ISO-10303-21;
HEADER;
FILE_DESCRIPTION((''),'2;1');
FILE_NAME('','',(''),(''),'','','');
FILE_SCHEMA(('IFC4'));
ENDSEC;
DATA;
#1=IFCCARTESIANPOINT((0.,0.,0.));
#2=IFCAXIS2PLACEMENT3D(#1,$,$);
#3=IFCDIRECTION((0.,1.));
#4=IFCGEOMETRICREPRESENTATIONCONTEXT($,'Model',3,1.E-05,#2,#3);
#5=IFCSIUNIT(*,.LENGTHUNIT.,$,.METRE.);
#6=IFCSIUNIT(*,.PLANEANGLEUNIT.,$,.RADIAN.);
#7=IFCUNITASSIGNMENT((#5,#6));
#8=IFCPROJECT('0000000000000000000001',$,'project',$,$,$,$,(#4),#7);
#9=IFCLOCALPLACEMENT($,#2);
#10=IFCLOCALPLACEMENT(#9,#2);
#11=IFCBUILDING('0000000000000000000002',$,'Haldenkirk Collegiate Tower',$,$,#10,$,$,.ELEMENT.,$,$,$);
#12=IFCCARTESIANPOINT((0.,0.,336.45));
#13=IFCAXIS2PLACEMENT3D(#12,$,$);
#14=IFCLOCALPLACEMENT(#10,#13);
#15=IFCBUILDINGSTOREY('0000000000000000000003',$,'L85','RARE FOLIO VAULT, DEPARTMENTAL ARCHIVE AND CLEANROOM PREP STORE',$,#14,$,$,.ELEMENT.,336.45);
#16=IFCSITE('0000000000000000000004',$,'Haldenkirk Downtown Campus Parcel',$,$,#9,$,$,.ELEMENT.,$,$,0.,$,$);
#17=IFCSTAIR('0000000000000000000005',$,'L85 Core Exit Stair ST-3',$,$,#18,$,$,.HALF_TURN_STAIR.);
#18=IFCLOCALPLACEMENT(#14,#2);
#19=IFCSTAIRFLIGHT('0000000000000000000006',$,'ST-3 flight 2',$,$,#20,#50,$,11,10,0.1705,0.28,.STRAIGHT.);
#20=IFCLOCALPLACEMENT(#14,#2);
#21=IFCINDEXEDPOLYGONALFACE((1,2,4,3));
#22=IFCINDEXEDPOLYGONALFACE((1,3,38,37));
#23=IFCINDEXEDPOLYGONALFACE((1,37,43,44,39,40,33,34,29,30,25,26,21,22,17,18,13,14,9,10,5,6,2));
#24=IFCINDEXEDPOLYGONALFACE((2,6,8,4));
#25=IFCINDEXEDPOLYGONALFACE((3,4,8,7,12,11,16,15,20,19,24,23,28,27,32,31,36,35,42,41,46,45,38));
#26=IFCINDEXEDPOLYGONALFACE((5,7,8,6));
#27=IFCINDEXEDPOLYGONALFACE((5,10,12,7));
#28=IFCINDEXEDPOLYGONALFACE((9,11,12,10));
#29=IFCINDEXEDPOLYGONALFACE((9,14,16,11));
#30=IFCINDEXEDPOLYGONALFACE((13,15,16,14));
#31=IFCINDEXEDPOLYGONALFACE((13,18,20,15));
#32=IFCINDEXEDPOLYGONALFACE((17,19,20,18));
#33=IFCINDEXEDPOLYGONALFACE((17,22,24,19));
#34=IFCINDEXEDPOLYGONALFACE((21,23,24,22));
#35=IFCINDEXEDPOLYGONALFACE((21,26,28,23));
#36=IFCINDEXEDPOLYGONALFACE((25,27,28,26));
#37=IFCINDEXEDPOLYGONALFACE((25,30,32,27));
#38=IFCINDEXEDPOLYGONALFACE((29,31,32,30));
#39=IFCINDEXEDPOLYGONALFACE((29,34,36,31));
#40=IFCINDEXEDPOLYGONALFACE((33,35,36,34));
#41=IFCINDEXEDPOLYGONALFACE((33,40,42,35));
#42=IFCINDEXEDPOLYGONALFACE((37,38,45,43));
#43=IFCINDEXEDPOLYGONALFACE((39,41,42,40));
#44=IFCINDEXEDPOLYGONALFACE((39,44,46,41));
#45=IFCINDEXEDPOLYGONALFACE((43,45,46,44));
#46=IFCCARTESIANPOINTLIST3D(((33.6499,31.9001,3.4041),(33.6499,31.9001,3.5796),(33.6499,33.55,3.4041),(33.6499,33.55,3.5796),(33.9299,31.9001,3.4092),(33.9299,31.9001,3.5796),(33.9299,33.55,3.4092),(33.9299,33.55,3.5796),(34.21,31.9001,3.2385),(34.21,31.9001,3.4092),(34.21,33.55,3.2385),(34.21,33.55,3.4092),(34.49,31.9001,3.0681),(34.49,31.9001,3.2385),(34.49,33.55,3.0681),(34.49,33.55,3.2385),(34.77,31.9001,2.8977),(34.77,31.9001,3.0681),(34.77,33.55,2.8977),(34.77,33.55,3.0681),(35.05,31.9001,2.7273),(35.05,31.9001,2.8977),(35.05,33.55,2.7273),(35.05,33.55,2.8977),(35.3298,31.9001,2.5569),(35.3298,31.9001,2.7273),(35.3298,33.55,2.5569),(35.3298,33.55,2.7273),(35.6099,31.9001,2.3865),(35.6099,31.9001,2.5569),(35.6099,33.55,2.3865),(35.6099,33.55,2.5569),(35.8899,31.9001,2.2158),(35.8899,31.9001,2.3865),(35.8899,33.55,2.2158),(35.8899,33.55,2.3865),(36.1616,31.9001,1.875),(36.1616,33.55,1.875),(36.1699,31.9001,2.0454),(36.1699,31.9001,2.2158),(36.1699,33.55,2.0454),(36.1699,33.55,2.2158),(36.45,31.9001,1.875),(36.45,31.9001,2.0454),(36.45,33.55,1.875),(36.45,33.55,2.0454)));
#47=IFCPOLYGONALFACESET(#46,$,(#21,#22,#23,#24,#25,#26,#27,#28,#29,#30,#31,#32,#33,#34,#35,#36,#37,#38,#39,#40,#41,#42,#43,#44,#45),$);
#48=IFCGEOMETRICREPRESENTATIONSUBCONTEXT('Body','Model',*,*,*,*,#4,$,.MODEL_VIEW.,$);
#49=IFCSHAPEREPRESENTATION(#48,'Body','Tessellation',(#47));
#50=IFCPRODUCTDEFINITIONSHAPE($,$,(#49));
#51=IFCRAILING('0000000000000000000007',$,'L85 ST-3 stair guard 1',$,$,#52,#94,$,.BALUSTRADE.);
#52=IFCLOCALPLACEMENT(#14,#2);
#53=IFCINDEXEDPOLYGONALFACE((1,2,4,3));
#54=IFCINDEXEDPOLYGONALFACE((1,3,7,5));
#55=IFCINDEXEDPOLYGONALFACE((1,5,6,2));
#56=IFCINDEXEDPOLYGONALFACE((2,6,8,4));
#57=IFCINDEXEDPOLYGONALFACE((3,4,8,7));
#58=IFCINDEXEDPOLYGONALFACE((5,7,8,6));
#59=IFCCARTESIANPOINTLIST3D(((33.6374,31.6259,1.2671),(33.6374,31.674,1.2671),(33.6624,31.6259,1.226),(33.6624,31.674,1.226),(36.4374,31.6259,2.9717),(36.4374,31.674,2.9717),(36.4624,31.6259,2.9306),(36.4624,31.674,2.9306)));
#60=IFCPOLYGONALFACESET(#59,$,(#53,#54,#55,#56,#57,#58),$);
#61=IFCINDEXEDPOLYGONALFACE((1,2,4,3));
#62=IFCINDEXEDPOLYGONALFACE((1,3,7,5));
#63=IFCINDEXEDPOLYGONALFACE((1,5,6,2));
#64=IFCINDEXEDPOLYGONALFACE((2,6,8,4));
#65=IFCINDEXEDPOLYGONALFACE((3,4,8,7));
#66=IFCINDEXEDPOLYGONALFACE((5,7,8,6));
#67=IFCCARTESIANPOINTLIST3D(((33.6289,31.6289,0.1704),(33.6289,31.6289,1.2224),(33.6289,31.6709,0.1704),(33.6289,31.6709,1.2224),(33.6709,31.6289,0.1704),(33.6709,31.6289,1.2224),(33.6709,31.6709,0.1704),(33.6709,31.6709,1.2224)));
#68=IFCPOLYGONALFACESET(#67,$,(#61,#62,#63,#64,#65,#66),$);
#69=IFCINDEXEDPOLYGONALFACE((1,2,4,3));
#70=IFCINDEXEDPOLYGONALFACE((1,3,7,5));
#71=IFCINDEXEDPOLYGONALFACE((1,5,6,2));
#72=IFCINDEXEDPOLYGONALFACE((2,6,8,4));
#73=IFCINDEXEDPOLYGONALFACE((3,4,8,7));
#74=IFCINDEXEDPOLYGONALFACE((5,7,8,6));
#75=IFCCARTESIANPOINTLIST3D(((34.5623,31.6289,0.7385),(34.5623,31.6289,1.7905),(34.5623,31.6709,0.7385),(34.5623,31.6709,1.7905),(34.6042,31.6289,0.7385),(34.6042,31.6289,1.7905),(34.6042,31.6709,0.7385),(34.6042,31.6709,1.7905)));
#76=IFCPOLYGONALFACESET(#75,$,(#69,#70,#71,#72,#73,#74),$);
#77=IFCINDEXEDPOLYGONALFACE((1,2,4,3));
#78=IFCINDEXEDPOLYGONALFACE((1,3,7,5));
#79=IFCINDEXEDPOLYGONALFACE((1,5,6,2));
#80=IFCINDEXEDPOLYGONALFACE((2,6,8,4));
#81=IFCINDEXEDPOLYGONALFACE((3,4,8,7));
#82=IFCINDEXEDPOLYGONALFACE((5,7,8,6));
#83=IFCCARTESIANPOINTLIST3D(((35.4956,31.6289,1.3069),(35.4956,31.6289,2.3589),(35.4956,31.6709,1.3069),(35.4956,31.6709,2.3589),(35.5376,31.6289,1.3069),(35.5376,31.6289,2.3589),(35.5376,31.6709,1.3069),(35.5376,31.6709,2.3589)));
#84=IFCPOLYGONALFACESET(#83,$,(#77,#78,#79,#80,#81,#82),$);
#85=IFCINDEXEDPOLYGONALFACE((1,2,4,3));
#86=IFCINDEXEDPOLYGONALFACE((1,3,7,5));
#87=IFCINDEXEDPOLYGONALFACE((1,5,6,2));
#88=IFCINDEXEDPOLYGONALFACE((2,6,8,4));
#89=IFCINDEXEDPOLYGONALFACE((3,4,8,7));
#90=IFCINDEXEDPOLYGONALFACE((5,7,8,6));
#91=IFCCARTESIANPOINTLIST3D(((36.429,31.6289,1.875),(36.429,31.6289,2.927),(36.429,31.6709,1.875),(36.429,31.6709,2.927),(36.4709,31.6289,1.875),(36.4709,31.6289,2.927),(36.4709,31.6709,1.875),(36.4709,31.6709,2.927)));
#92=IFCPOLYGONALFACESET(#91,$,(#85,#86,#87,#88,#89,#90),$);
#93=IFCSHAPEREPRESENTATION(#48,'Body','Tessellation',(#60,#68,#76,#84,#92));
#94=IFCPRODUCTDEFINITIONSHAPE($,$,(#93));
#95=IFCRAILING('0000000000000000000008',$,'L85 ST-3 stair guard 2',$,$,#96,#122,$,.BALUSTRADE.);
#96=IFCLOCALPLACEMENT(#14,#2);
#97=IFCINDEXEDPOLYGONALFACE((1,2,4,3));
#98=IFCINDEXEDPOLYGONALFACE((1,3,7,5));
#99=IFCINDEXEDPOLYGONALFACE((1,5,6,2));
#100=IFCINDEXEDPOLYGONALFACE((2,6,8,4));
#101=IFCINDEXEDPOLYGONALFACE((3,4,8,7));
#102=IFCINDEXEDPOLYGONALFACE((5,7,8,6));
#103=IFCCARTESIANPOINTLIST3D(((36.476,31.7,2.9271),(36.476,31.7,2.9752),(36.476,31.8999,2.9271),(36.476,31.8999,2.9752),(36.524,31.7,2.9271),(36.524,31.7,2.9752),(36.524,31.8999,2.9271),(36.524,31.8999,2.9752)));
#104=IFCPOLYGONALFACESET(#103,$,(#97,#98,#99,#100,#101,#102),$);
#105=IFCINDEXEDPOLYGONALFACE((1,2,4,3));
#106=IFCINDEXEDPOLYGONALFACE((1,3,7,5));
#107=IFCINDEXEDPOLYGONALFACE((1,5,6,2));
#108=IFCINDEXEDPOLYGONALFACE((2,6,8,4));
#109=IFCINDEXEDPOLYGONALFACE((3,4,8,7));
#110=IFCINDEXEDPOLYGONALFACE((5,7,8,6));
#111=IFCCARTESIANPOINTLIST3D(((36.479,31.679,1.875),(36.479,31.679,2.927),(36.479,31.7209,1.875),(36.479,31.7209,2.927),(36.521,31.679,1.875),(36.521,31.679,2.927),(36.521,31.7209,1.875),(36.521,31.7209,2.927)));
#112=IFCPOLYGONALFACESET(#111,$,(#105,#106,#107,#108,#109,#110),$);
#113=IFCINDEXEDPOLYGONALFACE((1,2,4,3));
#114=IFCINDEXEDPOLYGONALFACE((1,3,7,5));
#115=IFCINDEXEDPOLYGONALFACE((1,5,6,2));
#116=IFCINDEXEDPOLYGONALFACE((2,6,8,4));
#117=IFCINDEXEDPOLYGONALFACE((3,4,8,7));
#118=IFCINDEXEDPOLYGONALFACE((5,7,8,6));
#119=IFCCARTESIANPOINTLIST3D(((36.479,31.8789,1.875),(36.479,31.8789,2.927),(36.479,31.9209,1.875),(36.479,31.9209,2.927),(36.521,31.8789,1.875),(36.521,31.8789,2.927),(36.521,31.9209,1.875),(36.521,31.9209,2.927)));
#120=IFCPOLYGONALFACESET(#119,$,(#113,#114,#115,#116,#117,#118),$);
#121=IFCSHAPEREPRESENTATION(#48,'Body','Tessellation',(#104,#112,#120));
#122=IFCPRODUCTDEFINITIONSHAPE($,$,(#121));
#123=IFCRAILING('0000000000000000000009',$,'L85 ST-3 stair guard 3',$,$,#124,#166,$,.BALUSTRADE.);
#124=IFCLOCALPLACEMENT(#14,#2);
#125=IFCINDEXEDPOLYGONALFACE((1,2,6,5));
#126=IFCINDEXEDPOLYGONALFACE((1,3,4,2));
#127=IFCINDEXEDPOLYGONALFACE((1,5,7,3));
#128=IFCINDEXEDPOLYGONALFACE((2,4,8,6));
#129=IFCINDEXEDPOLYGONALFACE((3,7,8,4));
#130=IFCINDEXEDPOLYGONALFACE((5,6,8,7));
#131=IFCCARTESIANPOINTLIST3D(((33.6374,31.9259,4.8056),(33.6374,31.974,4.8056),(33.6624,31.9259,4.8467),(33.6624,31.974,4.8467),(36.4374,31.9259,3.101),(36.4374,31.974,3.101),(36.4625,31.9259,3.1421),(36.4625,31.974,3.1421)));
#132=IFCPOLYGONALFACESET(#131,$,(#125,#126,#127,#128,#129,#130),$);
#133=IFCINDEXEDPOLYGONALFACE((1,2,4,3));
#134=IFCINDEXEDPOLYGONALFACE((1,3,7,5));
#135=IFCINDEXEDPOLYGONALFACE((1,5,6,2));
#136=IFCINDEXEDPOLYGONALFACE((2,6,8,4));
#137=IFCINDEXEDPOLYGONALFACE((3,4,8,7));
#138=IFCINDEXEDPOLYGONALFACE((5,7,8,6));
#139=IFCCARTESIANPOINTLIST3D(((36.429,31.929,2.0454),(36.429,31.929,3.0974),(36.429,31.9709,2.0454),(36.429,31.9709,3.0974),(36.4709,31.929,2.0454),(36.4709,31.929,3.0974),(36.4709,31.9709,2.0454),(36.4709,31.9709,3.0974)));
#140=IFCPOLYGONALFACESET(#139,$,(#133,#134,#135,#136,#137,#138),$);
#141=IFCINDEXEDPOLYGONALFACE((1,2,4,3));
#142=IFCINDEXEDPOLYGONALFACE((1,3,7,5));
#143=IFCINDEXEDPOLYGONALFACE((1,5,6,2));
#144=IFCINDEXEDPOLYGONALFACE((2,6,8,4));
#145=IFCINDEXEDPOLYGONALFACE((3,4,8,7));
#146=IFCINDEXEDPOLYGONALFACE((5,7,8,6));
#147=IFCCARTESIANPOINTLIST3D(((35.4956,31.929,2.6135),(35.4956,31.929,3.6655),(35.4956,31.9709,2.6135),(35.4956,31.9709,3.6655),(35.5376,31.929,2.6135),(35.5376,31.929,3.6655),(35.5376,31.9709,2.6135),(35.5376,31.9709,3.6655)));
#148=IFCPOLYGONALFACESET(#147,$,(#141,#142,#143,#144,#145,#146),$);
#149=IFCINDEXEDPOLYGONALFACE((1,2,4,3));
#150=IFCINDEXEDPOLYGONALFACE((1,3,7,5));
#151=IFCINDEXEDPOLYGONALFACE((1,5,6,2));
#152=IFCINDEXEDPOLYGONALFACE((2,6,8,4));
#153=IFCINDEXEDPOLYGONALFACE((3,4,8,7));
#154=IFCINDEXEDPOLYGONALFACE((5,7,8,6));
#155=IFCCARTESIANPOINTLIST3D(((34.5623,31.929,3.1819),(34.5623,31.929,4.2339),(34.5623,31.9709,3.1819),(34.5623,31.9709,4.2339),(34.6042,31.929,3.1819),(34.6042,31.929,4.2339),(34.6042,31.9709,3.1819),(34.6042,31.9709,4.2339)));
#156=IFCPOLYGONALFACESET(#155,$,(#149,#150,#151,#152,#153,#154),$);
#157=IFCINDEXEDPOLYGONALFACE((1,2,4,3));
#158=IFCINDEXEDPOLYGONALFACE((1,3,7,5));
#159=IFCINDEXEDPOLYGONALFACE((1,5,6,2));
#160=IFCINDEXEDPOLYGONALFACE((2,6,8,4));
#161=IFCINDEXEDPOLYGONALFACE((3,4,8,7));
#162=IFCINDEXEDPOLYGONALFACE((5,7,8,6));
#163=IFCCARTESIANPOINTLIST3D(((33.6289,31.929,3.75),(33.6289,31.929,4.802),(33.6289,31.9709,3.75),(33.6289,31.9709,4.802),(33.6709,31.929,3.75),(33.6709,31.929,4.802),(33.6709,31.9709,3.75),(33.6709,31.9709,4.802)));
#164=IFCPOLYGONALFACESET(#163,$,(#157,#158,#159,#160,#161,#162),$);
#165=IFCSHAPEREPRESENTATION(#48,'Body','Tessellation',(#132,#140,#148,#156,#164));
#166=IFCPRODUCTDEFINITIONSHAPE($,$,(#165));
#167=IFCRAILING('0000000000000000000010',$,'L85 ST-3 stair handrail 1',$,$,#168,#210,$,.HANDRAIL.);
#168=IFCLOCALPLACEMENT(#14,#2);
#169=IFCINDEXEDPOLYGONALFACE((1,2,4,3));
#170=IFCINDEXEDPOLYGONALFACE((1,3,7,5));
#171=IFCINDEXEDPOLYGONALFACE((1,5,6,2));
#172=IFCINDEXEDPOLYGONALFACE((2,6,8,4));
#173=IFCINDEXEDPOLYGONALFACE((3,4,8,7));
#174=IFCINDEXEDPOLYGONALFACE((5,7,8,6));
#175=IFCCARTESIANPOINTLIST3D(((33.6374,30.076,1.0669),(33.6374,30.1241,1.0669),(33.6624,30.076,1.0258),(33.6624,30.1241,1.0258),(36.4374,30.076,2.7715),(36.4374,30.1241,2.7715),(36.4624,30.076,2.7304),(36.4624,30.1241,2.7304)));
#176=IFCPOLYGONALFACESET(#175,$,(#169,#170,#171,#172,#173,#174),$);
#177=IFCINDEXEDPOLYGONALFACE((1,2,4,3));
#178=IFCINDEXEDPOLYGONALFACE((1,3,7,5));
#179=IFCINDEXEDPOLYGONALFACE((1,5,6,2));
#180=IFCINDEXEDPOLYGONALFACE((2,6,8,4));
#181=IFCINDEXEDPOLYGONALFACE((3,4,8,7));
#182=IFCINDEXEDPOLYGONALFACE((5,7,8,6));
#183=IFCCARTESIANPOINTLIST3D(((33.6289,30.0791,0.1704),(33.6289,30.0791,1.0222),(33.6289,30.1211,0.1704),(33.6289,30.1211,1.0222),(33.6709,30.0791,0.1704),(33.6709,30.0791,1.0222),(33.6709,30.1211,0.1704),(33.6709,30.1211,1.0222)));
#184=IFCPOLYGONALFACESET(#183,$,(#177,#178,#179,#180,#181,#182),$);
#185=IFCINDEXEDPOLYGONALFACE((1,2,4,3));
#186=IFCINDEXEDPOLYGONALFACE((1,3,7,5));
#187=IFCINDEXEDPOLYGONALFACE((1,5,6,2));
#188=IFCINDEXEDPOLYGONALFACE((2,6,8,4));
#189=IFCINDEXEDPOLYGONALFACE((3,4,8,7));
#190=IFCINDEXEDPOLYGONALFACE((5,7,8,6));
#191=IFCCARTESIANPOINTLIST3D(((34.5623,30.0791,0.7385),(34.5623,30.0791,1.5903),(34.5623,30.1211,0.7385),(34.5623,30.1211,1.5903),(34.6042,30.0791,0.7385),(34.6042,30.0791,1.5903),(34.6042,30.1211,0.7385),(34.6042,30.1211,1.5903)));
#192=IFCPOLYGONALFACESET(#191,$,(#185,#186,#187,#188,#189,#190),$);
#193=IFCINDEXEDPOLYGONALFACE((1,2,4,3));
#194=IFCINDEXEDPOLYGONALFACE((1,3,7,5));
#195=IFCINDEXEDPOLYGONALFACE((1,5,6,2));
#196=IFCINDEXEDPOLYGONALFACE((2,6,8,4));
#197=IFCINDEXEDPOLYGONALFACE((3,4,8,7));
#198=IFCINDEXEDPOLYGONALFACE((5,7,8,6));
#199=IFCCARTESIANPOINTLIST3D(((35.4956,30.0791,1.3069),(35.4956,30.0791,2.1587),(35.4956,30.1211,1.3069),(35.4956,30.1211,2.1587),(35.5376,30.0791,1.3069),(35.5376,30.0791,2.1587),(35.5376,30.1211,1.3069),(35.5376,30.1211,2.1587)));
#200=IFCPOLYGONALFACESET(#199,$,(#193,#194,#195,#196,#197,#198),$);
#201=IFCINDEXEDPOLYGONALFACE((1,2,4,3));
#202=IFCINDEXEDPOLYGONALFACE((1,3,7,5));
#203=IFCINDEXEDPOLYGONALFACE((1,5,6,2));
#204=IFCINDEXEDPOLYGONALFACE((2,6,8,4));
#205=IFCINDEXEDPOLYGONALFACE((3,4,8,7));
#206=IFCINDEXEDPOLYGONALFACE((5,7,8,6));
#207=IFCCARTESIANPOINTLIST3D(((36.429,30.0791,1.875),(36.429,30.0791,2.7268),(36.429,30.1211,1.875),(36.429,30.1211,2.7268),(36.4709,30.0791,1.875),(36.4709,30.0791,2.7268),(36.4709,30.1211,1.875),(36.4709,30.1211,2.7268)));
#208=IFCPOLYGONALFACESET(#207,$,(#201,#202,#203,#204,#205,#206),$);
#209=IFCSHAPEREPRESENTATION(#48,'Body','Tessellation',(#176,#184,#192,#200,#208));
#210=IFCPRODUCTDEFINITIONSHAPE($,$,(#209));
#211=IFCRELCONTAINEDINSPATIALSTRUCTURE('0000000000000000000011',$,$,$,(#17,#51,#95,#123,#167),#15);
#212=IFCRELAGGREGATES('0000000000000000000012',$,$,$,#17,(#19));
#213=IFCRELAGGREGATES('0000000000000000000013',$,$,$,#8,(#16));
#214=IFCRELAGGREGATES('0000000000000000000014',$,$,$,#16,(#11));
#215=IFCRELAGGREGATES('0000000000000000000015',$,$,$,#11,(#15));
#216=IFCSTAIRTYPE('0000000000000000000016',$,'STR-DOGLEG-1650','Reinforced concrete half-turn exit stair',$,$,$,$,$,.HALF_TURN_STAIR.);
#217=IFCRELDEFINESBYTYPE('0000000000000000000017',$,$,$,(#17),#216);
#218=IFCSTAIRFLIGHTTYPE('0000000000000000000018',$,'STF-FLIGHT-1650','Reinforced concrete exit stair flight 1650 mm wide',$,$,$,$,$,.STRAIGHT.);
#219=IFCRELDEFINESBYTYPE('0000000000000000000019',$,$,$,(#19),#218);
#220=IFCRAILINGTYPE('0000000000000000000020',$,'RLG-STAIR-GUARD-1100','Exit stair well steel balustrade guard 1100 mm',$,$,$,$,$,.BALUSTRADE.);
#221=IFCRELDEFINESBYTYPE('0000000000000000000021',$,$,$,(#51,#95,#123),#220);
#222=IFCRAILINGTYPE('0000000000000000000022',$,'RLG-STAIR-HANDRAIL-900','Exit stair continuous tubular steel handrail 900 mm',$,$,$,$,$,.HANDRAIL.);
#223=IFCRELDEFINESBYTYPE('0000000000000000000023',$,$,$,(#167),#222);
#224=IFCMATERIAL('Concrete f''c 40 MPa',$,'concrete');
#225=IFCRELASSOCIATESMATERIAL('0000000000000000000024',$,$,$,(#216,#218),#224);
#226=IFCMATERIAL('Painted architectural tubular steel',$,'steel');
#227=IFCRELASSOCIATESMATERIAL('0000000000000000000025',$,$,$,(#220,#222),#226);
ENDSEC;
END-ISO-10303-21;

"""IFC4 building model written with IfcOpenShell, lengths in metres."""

from ifc_helpers import new_model, si_unit, direction, frame, origin, origin_2d, place, context, subcontext, project, spatial, polyline, rectangle, outline, extrude, material, type_object, element, aggregate, save


model = new_model("IFC4")

# Units and contexts
model_context = context("Model", 3, precision=1e-05, world=origin(), true_north=direction((0.0, 1.0)))
body_context = subcontext(model_context, "Body", "Model", "MODEL_VIEW")
ifc_project = project(units=[si_unit("LENGTHUNIT", "METRE"), si_unit("PLANEANGLEUNIT", "RADIAN")], contexts=[model_context])

# Site, building, storey
site_placement = place(None, origin())
site = spatial("IfcSite", under=ifc_project, at=site_placement, Name="Haldenkirk Downtown Campus Parcel", CompositionType="ELEMENT", RefElevation=0.0)
building_placement = place(site_placement, origin())
building = spatial("IfcBuilding", under=site, at=building_placement, Name="Haldenkirk Collegiate Tower", CompositionType="ELEMENT")
storey_placement = place(building_placement, frame((0.0, 0.0, 336.45)))
storey = spatial("IfcBuildingStorey", under=building, at=storey_placement, Name="L85", Description="RARE FOLIO VAULT, DEPARTMENTAL ARCHIVE AND CLEANROOM PREP STORE", CompositionType="ELEMENT", Elevation=336.45)

# Stair, stair flight
ifc_material_1 = material(Name="Concrete f'c 40 MPa", Category="concrete")
stair_type = type_object("IfcStairType", Name="STR-DOGLEG-1650", Description="Reinforced concrete half-turn exit stair", PredefinedType="HALF_TURN_STAIR", material=ifc_material_1)
stair_placement = place(storey_placement, origin())
stair = element("IfcStair", 1, at=stair_placement, inside=storey, type_object=stair_type, Name="L85 Core Exit Stair ST-3", PredefinedType="HALF_TURN_STAIR")
stair_flight_type = type_object("IfcStairFlightType", Name="STF-FLIGHT-1650", Description="Reinforced concrete exit stair flight 1650 mm wide", PredefinedType="STRAIGHT", material=ifc_material_1)
stair_flight_1_placement = place(storey_placement, frame((36.45, 32.7251, 1.875), z_axis=(0.0, 0.0, 1.0), x_axis=(-1.0, 0.0, 0.0)))
stair_flight_1 = element("IfcStairFlight", 2, at=stair_flight_1_placement, type_object=stair_flight_type, Name="ST-3 flight 2", NumberOfRisers=11, NumberOfTreads=10, PredefinedType="STRAIGHT", RiserHeight=0.1705, TreadLength=0.28, context=body_context, shape_type="SweptSolid", body=[
    extrude(outline(polyline([(0.0, 0.0), (0.0, 0.1704), (0.28, 0.1704), (0.28, 0.3408), (0.5601, 0.3408), (0.5601, 0.5115), (0.8401, 0.5115), (0.8401, 0.6819), (1.1201, 0.6819), (1.1201, 0.8523), (1.3999, 0.8523), (1.3999, 1.0227), (1.6799, 1.0227), (1.6799, 1.1931), (1.96, 1.1931), (1.96, 1.3635), (2.24, 1.3635), (2.24, 1.5342), (2.52, 1.5342), (2.52, 1.7046), (2.8, 1.7046), (2.8, 1.875), (2.8, 1.5291), (0.2883, 0.0), (0.0, 0.0)])), frame((0.0, 0.825, 0.0), z_axis=(0.0, -1.0, 0.0), x_axis=(1.0, 0.0, 0.0)), (0.0, 0.0, 1.0), 1.6499),
])
aggregate(stair, [stair_flight_1])

# Railings
ifc_material_2 = material(Name="Painted architectural tubular steel", Category="steel")
railing_type_1 = type_object("IfcRailingType", Name="RLG-STAIR-GUARD-1100", Description="Exit stair well steel balustrade guard 1100 mm", PredefinedType="BALUSTRADE", material=ifc_material_2)
railing_1_placement = place(storey_placement, frame((33.6499, 31.6499, 0.1704)))
element("IfcRailing", 3, at=railing_1_placement, inside=storey, type_object=railing_type_1, Name="L85 ST-3 stair guard 1", PredefinedType="BALUSTRADE", context=body_context, shape_type="SweptSolid", body=[
    extrude(rectangle(XDim=0.0481, YDim=0.0481, at=origin_2d()), frame((0.0, 0.0, 1.0762), z_axis=(0.85417, 0.0, 0.519994), x_axis=(0.0, 1.0, 0.0)), (0.0, 0.0, 1.0), 3.2781),
    extrude(rectangle(XDim=0.042, YDim=0.042, at=origin_2d()), origin(), (0.0, 0.0, 1.0), 1.052),
    extrude(rectangle(XDim=0.042, YDim=0.042, at=origin_2d()), frame((0.9333, 0.0, 0.5681)), (0.0, 0.0, 1.0), 1.052),
    extrude(rectangle(XDim=0.042, YDim=0.042, at=origin_2d()), frame((1.8667, 0.0, 1.1365)), (0.0, 0.0, 1.0), 1.052),
    extrude(rectangle(XDim=0.042, YDim=0.042, at=origin_2d()), frame((2.8, 0.0, 1.7046)), (0.0, 0.0, 1.0), 1.052),
])
railing_2_placement = place(storey_placement, frame((36.5, 31.7, 1.875)))
element("IfcRailing", 4, at=railing_2_placement, inside=storey, type_object=railing_type_1, Name="L85 ST-3 stair guard 2", PredefinedType="BALUSTRADE", context=body_context, shape_type="SweptSolid", body=[
    extrude(rectangle(XDim=0.0481, YDim=0.0481, at=origin_2d()), frame((0.0, 0.0, 1.0762), z_axis=(0.0, 1.0, 0.0), x_axis=(-1.0, 0.0, 0.0)), (0.0, 0.0, 1.0), 0.2),
    extrude(rectangle(XDim=0.042, YDim=0.042, at=origin_2d()), origin(), (0.0, 0.0, 1.0), 1.052),
    extrude(rectangle(XDim=0.042, YDim=0.042, at=origin_2d()), frame((0.0, 0.2, 0.0)), (0.0, 0.0, 1.0), 1.052),
])
railing_3_placement = place(storey_placement, frame((36.45, 31.95, 2.0454)))
element("IfcRailing", 5, at=railing_3_placement, inside=storey, type_object=railing_type_1, Name="L85 ST-3 stair guard 3", PredefinedType="BALUSTRADE", context=body_context, shape_type="SweptSolid", body=[
    extrude(rectangle(XDim=0.0481, YDim=0.0481, at=origin_2d()), frame((0.0, 0.0, 1.0762), z_axis=(-0.85417, 0.0, 0.519994), x_axis=(0.0, -1.0, 0.0)), (0.0, 0.0, 1.0), 3.2781),
    extrude(rectangle(XDim=0.042, YDim=0.042, at=origin_2d()), origin(), (0.0, 0.0, 1.0), 1.052),
    extrude(rectangle(XDim=0.042, YDim=0.042, at=origin_2d()), frame((-0.9333, 0.0, 0.5681)), (0.0, 0.0, 1.0), 1.052),
    extrude(rectangle(XDim=0.042, YDim=0.042, at=origin_2d()), frame((-1.8667, 0.0, 1.1365)), (0.0, 0.0, 1.0), 1.052),
    extrude(rectangle(XDim=0.042, YDim=0.042, at=origin_2d()), frame((-2.8, 0.0, 1.7046)), (0.0, 0.0, 1.0), 1.052),
])
railing_type_2 = type_object("IfcRailingType", Name="RLG-STAIR-HANDRAIL-900", Description="Exit stair continuous tubular steel handrail 900 mm", PredefinedType="HANDRAIL", material=ifc_material_2)
railing_4_placement = place(storey_placement, frame((33.6499, 30.1001, 0.1704)))
element("IfcRailing", 6, at=railing_4_placement, inside=storey, type_object=railing_type_2, Name="L85 ST-3 stair handrail 1", PredefinedType="HANDRAIL", context=body_context, shape_type="SweptSolid", body=[
    extrude(rectangle(XDim=0.0481, YDim=0.0481, at=origin_2d()), frame((0.0, 0.0, 0.876), z_axis=(0.85417, 0.0, 0.519994), x_axis=(0.0, 1.0, 0.0)), (0.0, 0.0, 1.0), 3.2781),
    extrude(rectangle(XDim=0.042, YDim=0.042, at=origin_2d()), origin(), (0.0, 0.0, 1.0), 0.8518),
    extrude(rectangle(XDim=0.042, YDim=0.042, at=origin_2d()), frame((0.9333, 0.0, 0.5681)), (0.0, 0.0, 1.0), 0.8518),
    extrude(rectangle(XDim=0.042, YDim=0.042, at=origin_2d()), frame((1.8667, 0.0, 1.1365)), (0.0, 0.0, 1.0), 0.8518),
    extrude(rectangle(XDim=0.042, YDim=0.042, at=origin_2d()), frame((2.8, 0.0, 1.7046)), (0.0, 0.0, 1.0), 0.8518),
])

save(model, "model.ifc")
